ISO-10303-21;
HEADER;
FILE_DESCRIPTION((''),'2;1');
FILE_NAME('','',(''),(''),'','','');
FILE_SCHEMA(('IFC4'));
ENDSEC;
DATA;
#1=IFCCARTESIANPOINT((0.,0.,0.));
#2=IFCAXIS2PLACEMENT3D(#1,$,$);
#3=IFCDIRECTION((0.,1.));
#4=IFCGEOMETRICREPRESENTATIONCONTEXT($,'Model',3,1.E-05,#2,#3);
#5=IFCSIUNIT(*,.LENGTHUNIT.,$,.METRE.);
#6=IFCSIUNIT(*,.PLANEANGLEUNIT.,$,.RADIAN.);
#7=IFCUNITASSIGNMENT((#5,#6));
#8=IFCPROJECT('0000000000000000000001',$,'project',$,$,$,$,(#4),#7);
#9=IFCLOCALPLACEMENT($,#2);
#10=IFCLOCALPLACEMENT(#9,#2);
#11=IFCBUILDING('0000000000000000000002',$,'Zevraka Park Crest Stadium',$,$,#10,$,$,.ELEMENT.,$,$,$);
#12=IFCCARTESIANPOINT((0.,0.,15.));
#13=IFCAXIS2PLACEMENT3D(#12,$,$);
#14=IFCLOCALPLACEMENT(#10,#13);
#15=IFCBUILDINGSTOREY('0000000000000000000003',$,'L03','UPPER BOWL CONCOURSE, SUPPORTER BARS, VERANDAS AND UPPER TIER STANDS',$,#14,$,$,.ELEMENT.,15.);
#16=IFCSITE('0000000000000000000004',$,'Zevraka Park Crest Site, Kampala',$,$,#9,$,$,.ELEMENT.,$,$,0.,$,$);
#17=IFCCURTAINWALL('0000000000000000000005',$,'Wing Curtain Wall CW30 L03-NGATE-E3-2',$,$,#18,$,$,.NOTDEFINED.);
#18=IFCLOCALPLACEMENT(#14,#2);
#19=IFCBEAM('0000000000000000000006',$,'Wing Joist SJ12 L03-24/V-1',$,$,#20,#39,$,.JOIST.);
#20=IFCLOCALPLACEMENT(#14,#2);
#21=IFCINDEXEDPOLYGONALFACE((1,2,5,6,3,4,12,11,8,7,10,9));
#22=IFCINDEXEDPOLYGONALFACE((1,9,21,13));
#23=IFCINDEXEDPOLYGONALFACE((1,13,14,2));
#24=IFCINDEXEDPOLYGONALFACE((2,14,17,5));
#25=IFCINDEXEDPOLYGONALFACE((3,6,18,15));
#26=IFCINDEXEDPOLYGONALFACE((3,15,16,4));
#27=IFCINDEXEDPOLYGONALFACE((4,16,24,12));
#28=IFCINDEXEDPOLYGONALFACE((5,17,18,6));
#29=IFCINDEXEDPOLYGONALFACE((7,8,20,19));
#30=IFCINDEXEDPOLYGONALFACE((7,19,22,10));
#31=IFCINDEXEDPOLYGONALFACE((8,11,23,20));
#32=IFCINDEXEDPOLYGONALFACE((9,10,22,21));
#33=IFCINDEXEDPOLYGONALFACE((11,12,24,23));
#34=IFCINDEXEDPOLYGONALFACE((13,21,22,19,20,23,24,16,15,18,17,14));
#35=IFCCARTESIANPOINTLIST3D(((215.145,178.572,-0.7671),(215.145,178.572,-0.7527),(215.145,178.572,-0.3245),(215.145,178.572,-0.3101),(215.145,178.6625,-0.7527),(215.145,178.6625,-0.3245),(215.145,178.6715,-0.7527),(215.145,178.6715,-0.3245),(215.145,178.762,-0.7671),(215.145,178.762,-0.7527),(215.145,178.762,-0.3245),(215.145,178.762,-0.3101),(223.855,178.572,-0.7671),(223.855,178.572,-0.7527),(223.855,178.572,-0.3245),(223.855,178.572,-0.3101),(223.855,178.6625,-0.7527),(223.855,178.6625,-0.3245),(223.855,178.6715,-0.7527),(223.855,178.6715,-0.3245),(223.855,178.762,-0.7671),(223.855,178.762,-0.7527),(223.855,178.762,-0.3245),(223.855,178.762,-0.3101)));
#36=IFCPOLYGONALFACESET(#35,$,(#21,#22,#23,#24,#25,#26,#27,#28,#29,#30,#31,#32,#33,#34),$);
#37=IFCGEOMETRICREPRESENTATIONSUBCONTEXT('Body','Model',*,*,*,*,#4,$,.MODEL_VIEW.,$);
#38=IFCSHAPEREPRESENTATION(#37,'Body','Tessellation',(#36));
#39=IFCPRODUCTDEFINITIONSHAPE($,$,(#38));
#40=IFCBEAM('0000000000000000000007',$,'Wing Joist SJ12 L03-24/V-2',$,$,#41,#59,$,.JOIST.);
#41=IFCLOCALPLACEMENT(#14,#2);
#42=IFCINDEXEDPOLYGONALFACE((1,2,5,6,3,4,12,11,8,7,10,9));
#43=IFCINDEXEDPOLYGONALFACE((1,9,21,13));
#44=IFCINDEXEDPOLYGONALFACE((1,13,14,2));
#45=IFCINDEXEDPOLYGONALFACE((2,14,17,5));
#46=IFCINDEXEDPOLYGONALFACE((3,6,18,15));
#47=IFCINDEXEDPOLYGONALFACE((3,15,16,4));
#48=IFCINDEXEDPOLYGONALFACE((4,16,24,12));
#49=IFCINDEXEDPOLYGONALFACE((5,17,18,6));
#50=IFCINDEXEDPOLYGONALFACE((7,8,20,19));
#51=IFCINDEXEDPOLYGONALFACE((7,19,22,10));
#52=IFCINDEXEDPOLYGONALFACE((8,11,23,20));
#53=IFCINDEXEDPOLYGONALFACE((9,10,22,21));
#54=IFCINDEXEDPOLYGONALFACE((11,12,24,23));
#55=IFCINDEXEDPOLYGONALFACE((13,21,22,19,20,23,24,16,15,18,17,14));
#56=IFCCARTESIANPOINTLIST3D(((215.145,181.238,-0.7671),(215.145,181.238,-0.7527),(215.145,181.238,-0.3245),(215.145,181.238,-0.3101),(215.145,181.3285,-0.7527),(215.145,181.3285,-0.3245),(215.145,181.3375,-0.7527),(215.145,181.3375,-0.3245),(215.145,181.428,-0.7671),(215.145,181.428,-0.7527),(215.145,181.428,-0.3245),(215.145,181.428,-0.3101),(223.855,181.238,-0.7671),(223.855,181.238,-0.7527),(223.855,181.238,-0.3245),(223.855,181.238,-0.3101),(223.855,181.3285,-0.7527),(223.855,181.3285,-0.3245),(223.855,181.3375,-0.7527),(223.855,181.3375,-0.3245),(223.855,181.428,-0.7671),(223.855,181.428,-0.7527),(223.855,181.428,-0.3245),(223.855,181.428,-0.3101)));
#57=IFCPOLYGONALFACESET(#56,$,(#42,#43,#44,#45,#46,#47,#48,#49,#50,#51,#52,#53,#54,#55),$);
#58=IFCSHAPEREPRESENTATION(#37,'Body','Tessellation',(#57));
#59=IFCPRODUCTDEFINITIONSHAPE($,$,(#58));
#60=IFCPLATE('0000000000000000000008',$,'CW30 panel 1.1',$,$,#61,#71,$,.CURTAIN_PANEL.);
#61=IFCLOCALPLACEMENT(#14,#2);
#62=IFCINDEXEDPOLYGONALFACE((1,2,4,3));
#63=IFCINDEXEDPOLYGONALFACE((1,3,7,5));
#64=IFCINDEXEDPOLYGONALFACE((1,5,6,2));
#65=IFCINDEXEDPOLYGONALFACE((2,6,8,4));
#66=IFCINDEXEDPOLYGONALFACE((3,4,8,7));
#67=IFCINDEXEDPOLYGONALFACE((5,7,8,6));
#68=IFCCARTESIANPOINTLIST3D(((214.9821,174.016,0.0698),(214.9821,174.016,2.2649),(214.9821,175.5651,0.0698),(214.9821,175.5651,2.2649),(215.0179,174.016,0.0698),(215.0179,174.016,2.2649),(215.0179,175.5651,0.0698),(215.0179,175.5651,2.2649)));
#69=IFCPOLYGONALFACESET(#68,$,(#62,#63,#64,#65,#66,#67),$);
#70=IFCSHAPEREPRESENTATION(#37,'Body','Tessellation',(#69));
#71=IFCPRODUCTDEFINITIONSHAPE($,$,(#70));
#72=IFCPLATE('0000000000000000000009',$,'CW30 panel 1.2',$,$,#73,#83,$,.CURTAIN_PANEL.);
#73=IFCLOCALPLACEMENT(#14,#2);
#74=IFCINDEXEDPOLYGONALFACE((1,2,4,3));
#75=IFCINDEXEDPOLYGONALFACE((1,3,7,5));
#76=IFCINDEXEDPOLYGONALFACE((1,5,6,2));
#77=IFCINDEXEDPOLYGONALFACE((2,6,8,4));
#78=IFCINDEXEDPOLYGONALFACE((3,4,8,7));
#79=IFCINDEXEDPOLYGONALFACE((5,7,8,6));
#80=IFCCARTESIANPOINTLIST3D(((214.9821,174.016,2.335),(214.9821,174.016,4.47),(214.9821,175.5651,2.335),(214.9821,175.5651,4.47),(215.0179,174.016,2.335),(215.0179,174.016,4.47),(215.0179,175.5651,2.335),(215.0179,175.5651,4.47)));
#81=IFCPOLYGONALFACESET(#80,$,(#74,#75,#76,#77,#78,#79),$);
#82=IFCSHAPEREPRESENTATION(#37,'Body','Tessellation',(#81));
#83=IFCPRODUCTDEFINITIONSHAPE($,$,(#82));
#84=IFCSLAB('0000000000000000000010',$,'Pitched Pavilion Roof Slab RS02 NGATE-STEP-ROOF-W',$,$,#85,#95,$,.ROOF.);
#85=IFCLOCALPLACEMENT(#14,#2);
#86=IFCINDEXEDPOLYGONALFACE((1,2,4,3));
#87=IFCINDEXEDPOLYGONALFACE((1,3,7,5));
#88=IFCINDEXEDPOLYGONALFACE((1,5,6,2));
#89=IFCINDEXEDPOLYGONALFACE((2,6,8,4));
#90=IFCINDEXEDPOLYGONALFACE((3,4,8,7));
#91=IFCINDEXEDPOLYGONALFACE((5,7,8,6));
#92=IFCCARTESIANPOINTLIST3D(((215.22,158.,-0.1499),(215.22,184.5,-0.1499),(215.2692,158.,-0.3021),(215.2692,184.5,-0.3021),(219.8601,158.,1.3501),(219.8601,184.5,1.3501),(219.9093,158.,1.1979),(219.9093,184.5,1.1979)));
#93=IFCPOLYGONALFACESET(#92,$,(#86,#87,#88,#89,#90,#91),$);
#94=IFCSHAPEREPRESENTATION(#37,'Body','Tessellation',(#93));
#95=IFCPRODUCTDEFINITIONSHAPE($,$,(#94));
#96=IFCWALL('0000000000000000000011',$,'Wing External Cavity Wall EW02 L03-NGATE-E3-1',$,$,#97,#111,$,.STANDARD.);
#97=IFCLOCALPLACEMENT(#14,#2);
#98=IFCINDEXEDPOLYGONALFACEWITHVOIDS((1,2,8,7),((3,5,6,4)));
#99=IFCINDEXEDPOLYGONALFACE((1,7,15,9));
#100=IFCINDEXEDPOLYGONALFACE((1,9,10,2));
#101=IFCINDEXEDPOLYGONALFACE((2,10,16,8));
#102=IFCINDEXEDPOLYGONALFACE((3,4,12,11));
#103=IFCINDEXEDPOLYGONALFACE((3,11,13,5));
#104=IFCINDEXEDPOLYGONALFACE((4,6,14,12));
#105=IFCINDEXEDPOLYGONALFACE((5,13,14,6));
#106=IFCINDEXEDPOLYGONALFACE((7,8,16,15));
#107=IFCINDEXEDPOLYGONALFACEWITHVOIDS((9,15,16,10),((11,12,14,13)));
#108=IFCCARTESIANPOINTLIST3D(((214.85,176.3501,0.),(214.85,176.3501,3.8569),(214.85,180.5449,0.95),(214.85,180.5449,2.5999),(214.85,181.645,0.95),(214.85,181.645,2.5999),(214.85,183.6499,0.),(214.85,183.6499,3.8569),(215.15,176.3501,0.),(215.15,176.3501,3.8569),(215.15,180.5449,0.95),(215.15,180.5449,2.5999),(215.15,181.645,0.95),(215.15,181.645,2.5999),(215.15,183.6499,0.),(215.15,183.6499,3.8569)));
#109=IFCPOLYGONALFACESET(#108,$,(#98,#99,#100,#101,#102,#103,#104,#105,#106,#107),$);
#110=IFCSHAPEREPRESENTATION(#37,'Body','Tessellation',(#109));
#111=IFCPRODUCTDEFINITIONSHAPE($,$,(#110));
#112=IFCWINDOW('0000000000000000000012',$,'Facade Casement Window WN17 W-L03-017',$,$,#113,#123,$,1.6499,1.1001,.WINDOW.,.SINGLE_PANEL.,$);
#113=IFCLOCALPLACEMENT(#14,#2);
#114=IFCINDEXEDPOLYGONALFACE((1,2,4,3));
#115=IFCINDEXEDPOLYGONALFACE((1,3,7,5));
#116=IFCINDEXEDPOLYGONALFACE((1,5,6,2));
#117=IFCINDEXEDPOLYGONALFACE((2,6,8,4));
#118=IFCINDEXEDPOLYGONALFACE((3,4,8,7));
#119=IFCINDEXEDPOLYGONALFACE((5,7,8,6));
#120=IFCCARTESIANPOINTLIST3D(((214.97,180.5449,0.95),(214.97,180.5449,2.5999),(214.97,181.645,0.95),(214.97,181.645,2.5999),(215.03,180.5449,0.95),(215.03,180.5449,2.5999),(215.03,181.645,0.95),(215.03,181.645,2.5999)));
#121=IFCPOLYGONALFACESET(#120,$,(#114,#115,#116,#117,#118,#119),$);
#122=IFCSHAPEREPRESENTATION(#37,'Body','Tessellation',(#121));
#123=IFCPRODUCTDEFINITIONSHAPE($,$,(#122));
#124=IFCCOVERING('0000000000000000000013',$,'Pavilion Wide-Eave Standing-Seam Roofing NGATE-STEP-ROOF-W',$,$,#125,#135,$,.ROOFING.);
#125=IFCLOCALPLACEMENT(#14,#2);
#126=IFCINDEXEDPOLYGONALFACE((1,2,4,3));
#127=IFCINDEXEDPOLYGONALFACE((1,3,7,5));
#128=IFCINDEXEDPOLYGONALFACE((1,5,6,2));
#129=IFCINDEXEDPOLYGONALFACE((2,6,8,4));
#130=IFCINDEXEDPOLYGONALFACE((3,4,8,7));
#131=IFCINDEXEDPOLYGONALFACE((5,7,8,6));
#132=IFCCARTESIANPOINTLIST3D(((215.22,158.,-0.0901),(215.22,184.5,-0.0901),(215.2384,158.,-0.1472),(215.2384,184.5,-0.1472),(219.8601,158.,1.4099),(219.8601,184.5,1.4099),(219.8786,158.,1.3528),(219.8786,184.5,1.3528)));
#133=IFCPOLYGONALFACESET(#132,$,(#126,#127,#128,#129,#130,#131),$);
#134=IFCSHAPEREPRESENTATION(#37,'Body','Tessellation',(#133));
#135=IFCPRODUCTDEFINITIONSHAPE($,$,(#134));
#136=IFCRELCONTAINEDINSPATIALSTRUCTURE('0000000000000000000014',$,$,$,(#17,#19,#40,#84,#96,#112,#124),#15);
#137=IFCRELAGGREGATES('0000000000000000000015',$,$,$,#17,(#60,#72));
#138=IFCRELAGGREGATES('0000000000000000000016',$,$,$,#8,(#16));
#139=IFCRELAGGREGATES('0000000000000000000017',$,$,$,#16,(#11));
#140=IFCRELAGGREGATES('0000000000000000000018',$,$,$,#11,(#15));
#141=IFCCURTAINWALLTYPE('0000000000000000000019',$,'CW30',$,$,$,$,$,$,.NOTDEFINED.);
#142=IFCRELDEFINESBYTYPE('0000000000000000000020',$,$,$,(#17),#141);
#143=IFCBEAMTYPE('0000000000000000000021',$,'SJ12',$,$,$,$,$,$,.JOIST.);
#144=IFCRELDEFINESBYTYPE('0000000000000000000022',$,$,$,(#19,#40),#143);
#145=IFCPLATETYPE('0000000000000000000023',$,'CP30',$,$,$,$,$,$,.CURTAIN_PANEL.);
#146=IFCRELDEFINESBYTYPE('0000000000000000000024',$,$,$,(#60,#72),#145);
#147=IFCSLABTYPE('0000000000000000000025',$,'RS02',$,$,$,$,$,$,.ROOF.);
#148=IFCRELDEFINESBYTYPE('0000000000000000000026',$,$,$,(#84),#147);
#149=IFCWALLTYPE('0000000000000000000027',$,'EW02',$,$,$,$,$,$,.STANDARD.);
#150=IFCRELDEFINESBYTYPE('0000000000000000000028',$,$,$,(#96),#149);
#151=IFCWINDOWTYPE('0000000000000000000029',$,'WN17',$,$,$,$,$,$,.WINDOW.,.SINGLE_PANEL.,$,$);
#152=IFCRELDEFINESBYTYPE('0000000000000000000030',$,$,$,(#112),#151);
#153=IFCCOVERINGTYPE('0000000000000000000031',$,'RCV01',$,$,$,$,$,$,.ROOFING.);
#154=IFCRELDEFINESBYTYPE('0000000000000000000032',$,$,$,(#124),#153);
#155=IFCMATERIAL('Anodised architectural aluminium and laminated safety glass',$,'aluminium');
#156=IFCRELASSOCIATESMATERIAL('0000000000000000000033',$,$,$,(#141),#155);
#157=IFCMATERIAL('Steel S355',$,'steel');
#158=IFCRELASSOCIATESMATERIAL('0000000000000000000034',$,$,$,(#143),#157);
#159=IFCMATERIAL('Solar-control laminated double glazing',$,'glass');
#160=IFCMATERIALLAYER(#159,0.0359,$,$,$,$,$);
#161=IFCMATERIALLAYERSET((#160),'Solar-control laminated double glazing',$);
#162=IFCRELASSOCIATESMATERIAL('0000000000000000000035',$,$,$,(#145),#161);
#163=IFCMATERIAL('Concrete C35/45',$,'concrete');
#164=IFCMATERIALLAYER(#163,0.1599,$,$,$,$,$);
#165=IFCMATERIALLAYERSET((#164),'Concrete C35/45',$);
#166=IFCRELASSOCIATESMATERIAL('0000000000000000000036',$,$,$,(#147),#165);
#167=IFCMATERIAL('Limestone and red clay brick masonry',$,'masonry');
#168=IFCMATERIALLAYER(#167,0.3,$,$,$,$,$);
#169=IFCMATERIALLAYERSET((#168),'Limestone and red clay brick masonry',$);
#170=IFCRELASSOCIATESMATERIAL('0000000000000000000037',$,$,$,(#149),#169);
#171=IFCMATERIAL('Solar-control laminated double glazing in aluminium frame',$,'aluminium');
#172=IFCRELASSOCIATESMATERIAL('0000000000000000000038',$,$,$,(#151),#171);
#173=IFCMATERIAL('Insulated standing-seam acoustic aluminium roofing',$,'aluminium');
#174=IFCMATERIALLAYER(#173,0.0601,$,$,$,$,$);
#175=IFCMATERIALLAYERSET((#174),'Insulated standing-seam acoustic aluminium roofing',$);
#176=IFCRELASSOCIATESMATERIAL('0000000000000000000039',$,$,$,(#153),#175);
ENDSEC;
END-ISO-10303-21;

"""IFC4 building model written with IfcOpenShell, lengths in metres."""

from ifc_helpers import new_model, si_unit, direction, frame, frame_2d, origin, origin_2d, place, context, subcontext, project, spatial, polyline, rectangle, i_section, outline, extrude, material, layer, layer_set, material_profile, profile_set, type_object, element, fill, aggregate, save


model = new_model("IFC4")

# Units and contexts
model_context = context("Model", 3, precision=1e-05, world=origin(), true_north=direction((0.0, 1.0)))
body_context = subcontext(model_context, "Body", "Model", "MODEL_VIEW")
ifc_project = project(units=[si_unit("LENGTHUNIT", "METRE"), si_unit("PLANEANGLEUNIT", "RADIAN")], contexts=[model_context])

# Site, building, storey
site_placement = place(None, origin())
site = spatial("IfcSite", under=ifc_project, at=site_placement, Name="Zevraka Park Crest Site, Kampala", CompositionType="ELEMENT", RefElevation=0.0)
building_placement = place(site_placement, origin())
building = spatial("IfcBuilding", under=site, at=building_placement, Name="Zevraka Park Crest Stadium", CompositionType="ELEMENT")
storey_placement = place(building_placement, frame((0.0, 0.0, 15.0)))
storey = spatial("IfcBuildingStorey", under=building, at=storey_placement, Name="L03", Description="UPPER BOWL CONCOURSE, SUPPORTER BARS, VERANDAS AND UPPER TIER STANDS", CompositionType="ELEMENT", Elevation=15.0)

# Curtain wall
ifc_material_1 = material(Name="Anodised architectural aluminium and laminated safety glass", Category="aluminium")
curtain_wall_type = type_object("IfcCurtainWallType", Name="CW30", PredefinedType="NOTDEFINED", material=ifc_material_1)
curtain_wall_placement = place(storey_placement, origin())
curtain_wall = element("IfcCurtainWall", 1, at=curtain_wall_placement, inside=storey, type_object=curtain_wall_type, Name="Wing Curtain Wall CW30 L03-NGATE-E3-2", PredefinedType="NOTDEFINED")

# Beams
ifc_material_2 = material(Name="Steel S355", Category="steel")
ifc_material_profile_1 = material_profile(ifc_material_2, i_section(OverallWidth=0.1899, OverallDepth=0.457, WebThickness=0.009, FlangeThickness=0.0144, at=origin_2d()), Name="UKB 457x191x74")
ifc_profile_set_1 = profile_set([ifc_material_profile_1], Name="Steel S355")
beam_type_1 = type_object("IfcBeamType", Name="SJ12", PredefinedType="JOIST", material=ifc_profile_set_1)
for number, where, z_axis, x_axis, name in (
    (2, (215.145, 178.667, -0.5386), (1.0, 0.0, 0.0), (0.0, 1.0, 0.0), "Wing Joist SJ12 L03-24/V-1"),
    (3, (215.145, 181.333, -0.5386), (1.0, 0.0, 0.0), (0.0, 1.0, 0.0), "Wing Joist SJ12 L03-24/V-2"),
):
    element("IfcBeam", number, at=place(storey_placement, frame(where, z_axis=z_axis, x_axis=x_axis)), inside=storey, type_object=beam_type_1, Name=name, PredefinedType="JOIST", context=body_context, shape_type="SweptSolid", body=[
        extrude(i_section(OverallWidth=0.1899, OverallDepth=0.457, WebThickness=0.009, FlangeThickness=0.0144, at=origin_2d()), origin(), (0.0, 0.0, 1.0), 8.71),
    ])

# Plates
ifc_material_3 = material(Name="Solar-control laminated double glazing", Category="glass")
ifc_layer_1 = layer(ifc_material_3, 0.0359)
ifc_layer_set_1 = layer_set([ifc_layer_1], Name="Solar-control laminated double glazing")
plate_type = type_object("IfcPlateType", Name="CP30", PredefinedType="CURTAIN_PANEL", material=ifc_layer_set_1)
plate_1_placement = place(storey_placement, frame((215.0, 174.7905, 0.0698), z_axis=(0.0, 0.0, 1.0), x_axis=(0.0, -1.0, 0.0)))
plate_1 = element("IfcPlate", 4, at=plate_1_placement, type_object=plate_type, Name="CW30 panel 1.1", PredefinedType="CURTAIN_PANEL", context=body_context, shape_type="SweptSolid", body=[
    extrude(rectangle(XDim=1.5491, YDim=0.0359, at=origin_2d()), origin(), (0.0, 0.0, 1.0), 2.1951),
])
plate_2_placement = place(storey_placement, frame((215.0, 174.7905, 2.335), z_axis=(0.0, 0.0, 1.0), x_axis=(0.0, -1.0, 0.0)))
plate_2 = element("IfcPlate", 5, at=plate_2_placement, type_object=plate_type, Name="CW30 panel 1.2", PredefinedType="CURTAIN_PANEL", context=body_context, shape_type="SweptSolid", body=[
    extrude(rectangle(XDim=1.5491, YDim=0.0359, at=origin_2d()), origin(), (0.0, 0.0, 1.0), 2.135),
])
aggregate(curtain_wall, [plate_1, plate_2])

# Slab
ifc_material_4 = material(Name="Concrete C35/45", Category="concrete")
ifc_layer_2 = layer(ifc_material_4, 0.1599)
ifc_layer_set_2 = layer_set([ifc_layer_2], Name="Concrete C35/45")
slab_type = type_object("IfcSlabType", Name="RS02", PredefinedType="ROOF", material=ifc_layer_set_2)
slab_placement = place(storey_placement, frame((215.22, 184.5, -0.1499), z_axis=(-0.307594, 0.0, 0.951518), x_axis=(0.0, -1.0, 0.0)))
element("IfcSlab", 6, at=slab_placement, inside=storey, type_object=slab_type, Name="Pitched Pavilion Roof Slab RS02 NGATE-STEP-ROOF-W", PredefinedType="ROOF", context=body_context, shape_type="SweptSolid", body=[
    extrude(outline(polyline([(0.0, 0.0), (26.5, 0.0), (26.5, 4.8766), (0.0, 4.8766), (0.0, 0.0)])), origin(), (0.0, 0.0, -1.0), 0.1599),
])

# Wall, opening, window
ifc_material_5 = material(Name="Limestone and red clay brick masonry", Category="masonry")
ifc_layer_3 = layer(ifc_material_5, 0.3)
ifc_layer_set_3 = layer_set([ifc_layer_3], Name="Limestone and red clay brick masonry")
wall_type = type_object("IfcWallType", Name="EW02", PredefinedType="STANDARD", material=ifc_layer_set_3)
wall_placement = place(storey_placement, frame((215.0, 183.6499, 0.0), z_axis=(0.0, 0.0, 1.0), x_axis=(0.0, -1.0, 0.0)))
wall = element("IfcWall", 7, at=wall_placement, inside=storey, type_object=wall_type, Name="Wing External Cavity Wall EW02 L03-NGATE-E3-1", PredefinedType="STANDARD", context=body_context, shape_type="SweptSolid", body=[
    extrude(rectangle(XDim=7.2998, YDim=0.3, at=frame_2d((3.6499, 0.0))), origin(), (0.0, 0.0, 1.0), 3.8569),
])
opening_placement = place(wall_placement, frame((2.0049, 0.0, 0.95)))
opening = element("IfcOpeningElement", 8, at=opening_placement, cuts=wall, PredefinedType="OPENING", context=body_context, shape_type="SweptSolid", body=[
    extrude(rectangle(XDim=1.1001, YDim=1.6499, at=frame_2d((0.55, 0.825))), frame((0.0, 0.1599, 0.0), z_axis=(0.0, -1.0, 0.0), x_axis=(1.0, 0.0, 0.0)), (0.0, 0.0, 1.0), 0.3201),
])
ifc_material_6 = material(Name="Solar-control laminated double glazing in aluminium frame", Category="aluminium")
window_type = type_object("IfcWindowType", Name="WN17", PartitioningType="SINGLE_PANEL", PredefinedType="WINDOW", material=ifc_material_6)
window_placement = place(opening_placement, origin())
window = element("IfcWindow", 9, at=window_placement, inside=storey, type_object=window_type, Name="Facade Casement Window WN17 W-L03-017", OverallHeight=1.6499, OverallWidth=1.1001, PartitioningType="SINGLE_PANEL", PredefinedType="WINDOW", context=body_context, shape_type="SweptSolid", body=[
    extrude(rectangle(XDim=1.1001, YDim=1.6499, at=frame_2d((0.55, 0.825))), frame((0.0, 0.03, 0.0), z_axis=(0.0, -1.0, 0.0), x_axis=(1.0, 0.0, 0.0)), (0.0, 0.0, 1.0), 0.0601),
])
fill(opening, window)

# Covering
ifc_material_7 = material(Name="Insulated standing-seam acoustic aluminium roofing", Category="aluminium")
ifc_layer_4 = layer(ifc_material_7, 0.0601)
ifc_layer_set_4 = layer_set([ifc_layer_4], Name="Insulated standing-seam acoustic aluminium roofing")
covering_type = type_object("IfcCoveringType", Name="RCV01", PredefinedType="ROOFING", material=ifc_layer_set_4)
covering_placement = place(storey_placement, frame((215.22, 184.5, -0.0901), z_axis=(-0.307594, 0.0, 0.951518), x_axis=(0.0, -1.0, 0.0)))
element("IfcCovering", 10, at=covering_placement, inside=storey, type_object=covering_type, Name="Pavilion Wide-Eave Standing-Seam Roofing NGATE-STEP-ROOF-W", PredefinedType="ROOFING", context=body_context, shape_type="SweptSolid", body=[
    extrude(outline(polyline([(0.0, 0.0), (26.5, 0.0), (26.5, 4.8766), (0.0, 4.8766), (0.0, 0.0)])), origin(), (0.0, 0.0, -1.0), 0.0601),
])

save(model, "model.ifc")
